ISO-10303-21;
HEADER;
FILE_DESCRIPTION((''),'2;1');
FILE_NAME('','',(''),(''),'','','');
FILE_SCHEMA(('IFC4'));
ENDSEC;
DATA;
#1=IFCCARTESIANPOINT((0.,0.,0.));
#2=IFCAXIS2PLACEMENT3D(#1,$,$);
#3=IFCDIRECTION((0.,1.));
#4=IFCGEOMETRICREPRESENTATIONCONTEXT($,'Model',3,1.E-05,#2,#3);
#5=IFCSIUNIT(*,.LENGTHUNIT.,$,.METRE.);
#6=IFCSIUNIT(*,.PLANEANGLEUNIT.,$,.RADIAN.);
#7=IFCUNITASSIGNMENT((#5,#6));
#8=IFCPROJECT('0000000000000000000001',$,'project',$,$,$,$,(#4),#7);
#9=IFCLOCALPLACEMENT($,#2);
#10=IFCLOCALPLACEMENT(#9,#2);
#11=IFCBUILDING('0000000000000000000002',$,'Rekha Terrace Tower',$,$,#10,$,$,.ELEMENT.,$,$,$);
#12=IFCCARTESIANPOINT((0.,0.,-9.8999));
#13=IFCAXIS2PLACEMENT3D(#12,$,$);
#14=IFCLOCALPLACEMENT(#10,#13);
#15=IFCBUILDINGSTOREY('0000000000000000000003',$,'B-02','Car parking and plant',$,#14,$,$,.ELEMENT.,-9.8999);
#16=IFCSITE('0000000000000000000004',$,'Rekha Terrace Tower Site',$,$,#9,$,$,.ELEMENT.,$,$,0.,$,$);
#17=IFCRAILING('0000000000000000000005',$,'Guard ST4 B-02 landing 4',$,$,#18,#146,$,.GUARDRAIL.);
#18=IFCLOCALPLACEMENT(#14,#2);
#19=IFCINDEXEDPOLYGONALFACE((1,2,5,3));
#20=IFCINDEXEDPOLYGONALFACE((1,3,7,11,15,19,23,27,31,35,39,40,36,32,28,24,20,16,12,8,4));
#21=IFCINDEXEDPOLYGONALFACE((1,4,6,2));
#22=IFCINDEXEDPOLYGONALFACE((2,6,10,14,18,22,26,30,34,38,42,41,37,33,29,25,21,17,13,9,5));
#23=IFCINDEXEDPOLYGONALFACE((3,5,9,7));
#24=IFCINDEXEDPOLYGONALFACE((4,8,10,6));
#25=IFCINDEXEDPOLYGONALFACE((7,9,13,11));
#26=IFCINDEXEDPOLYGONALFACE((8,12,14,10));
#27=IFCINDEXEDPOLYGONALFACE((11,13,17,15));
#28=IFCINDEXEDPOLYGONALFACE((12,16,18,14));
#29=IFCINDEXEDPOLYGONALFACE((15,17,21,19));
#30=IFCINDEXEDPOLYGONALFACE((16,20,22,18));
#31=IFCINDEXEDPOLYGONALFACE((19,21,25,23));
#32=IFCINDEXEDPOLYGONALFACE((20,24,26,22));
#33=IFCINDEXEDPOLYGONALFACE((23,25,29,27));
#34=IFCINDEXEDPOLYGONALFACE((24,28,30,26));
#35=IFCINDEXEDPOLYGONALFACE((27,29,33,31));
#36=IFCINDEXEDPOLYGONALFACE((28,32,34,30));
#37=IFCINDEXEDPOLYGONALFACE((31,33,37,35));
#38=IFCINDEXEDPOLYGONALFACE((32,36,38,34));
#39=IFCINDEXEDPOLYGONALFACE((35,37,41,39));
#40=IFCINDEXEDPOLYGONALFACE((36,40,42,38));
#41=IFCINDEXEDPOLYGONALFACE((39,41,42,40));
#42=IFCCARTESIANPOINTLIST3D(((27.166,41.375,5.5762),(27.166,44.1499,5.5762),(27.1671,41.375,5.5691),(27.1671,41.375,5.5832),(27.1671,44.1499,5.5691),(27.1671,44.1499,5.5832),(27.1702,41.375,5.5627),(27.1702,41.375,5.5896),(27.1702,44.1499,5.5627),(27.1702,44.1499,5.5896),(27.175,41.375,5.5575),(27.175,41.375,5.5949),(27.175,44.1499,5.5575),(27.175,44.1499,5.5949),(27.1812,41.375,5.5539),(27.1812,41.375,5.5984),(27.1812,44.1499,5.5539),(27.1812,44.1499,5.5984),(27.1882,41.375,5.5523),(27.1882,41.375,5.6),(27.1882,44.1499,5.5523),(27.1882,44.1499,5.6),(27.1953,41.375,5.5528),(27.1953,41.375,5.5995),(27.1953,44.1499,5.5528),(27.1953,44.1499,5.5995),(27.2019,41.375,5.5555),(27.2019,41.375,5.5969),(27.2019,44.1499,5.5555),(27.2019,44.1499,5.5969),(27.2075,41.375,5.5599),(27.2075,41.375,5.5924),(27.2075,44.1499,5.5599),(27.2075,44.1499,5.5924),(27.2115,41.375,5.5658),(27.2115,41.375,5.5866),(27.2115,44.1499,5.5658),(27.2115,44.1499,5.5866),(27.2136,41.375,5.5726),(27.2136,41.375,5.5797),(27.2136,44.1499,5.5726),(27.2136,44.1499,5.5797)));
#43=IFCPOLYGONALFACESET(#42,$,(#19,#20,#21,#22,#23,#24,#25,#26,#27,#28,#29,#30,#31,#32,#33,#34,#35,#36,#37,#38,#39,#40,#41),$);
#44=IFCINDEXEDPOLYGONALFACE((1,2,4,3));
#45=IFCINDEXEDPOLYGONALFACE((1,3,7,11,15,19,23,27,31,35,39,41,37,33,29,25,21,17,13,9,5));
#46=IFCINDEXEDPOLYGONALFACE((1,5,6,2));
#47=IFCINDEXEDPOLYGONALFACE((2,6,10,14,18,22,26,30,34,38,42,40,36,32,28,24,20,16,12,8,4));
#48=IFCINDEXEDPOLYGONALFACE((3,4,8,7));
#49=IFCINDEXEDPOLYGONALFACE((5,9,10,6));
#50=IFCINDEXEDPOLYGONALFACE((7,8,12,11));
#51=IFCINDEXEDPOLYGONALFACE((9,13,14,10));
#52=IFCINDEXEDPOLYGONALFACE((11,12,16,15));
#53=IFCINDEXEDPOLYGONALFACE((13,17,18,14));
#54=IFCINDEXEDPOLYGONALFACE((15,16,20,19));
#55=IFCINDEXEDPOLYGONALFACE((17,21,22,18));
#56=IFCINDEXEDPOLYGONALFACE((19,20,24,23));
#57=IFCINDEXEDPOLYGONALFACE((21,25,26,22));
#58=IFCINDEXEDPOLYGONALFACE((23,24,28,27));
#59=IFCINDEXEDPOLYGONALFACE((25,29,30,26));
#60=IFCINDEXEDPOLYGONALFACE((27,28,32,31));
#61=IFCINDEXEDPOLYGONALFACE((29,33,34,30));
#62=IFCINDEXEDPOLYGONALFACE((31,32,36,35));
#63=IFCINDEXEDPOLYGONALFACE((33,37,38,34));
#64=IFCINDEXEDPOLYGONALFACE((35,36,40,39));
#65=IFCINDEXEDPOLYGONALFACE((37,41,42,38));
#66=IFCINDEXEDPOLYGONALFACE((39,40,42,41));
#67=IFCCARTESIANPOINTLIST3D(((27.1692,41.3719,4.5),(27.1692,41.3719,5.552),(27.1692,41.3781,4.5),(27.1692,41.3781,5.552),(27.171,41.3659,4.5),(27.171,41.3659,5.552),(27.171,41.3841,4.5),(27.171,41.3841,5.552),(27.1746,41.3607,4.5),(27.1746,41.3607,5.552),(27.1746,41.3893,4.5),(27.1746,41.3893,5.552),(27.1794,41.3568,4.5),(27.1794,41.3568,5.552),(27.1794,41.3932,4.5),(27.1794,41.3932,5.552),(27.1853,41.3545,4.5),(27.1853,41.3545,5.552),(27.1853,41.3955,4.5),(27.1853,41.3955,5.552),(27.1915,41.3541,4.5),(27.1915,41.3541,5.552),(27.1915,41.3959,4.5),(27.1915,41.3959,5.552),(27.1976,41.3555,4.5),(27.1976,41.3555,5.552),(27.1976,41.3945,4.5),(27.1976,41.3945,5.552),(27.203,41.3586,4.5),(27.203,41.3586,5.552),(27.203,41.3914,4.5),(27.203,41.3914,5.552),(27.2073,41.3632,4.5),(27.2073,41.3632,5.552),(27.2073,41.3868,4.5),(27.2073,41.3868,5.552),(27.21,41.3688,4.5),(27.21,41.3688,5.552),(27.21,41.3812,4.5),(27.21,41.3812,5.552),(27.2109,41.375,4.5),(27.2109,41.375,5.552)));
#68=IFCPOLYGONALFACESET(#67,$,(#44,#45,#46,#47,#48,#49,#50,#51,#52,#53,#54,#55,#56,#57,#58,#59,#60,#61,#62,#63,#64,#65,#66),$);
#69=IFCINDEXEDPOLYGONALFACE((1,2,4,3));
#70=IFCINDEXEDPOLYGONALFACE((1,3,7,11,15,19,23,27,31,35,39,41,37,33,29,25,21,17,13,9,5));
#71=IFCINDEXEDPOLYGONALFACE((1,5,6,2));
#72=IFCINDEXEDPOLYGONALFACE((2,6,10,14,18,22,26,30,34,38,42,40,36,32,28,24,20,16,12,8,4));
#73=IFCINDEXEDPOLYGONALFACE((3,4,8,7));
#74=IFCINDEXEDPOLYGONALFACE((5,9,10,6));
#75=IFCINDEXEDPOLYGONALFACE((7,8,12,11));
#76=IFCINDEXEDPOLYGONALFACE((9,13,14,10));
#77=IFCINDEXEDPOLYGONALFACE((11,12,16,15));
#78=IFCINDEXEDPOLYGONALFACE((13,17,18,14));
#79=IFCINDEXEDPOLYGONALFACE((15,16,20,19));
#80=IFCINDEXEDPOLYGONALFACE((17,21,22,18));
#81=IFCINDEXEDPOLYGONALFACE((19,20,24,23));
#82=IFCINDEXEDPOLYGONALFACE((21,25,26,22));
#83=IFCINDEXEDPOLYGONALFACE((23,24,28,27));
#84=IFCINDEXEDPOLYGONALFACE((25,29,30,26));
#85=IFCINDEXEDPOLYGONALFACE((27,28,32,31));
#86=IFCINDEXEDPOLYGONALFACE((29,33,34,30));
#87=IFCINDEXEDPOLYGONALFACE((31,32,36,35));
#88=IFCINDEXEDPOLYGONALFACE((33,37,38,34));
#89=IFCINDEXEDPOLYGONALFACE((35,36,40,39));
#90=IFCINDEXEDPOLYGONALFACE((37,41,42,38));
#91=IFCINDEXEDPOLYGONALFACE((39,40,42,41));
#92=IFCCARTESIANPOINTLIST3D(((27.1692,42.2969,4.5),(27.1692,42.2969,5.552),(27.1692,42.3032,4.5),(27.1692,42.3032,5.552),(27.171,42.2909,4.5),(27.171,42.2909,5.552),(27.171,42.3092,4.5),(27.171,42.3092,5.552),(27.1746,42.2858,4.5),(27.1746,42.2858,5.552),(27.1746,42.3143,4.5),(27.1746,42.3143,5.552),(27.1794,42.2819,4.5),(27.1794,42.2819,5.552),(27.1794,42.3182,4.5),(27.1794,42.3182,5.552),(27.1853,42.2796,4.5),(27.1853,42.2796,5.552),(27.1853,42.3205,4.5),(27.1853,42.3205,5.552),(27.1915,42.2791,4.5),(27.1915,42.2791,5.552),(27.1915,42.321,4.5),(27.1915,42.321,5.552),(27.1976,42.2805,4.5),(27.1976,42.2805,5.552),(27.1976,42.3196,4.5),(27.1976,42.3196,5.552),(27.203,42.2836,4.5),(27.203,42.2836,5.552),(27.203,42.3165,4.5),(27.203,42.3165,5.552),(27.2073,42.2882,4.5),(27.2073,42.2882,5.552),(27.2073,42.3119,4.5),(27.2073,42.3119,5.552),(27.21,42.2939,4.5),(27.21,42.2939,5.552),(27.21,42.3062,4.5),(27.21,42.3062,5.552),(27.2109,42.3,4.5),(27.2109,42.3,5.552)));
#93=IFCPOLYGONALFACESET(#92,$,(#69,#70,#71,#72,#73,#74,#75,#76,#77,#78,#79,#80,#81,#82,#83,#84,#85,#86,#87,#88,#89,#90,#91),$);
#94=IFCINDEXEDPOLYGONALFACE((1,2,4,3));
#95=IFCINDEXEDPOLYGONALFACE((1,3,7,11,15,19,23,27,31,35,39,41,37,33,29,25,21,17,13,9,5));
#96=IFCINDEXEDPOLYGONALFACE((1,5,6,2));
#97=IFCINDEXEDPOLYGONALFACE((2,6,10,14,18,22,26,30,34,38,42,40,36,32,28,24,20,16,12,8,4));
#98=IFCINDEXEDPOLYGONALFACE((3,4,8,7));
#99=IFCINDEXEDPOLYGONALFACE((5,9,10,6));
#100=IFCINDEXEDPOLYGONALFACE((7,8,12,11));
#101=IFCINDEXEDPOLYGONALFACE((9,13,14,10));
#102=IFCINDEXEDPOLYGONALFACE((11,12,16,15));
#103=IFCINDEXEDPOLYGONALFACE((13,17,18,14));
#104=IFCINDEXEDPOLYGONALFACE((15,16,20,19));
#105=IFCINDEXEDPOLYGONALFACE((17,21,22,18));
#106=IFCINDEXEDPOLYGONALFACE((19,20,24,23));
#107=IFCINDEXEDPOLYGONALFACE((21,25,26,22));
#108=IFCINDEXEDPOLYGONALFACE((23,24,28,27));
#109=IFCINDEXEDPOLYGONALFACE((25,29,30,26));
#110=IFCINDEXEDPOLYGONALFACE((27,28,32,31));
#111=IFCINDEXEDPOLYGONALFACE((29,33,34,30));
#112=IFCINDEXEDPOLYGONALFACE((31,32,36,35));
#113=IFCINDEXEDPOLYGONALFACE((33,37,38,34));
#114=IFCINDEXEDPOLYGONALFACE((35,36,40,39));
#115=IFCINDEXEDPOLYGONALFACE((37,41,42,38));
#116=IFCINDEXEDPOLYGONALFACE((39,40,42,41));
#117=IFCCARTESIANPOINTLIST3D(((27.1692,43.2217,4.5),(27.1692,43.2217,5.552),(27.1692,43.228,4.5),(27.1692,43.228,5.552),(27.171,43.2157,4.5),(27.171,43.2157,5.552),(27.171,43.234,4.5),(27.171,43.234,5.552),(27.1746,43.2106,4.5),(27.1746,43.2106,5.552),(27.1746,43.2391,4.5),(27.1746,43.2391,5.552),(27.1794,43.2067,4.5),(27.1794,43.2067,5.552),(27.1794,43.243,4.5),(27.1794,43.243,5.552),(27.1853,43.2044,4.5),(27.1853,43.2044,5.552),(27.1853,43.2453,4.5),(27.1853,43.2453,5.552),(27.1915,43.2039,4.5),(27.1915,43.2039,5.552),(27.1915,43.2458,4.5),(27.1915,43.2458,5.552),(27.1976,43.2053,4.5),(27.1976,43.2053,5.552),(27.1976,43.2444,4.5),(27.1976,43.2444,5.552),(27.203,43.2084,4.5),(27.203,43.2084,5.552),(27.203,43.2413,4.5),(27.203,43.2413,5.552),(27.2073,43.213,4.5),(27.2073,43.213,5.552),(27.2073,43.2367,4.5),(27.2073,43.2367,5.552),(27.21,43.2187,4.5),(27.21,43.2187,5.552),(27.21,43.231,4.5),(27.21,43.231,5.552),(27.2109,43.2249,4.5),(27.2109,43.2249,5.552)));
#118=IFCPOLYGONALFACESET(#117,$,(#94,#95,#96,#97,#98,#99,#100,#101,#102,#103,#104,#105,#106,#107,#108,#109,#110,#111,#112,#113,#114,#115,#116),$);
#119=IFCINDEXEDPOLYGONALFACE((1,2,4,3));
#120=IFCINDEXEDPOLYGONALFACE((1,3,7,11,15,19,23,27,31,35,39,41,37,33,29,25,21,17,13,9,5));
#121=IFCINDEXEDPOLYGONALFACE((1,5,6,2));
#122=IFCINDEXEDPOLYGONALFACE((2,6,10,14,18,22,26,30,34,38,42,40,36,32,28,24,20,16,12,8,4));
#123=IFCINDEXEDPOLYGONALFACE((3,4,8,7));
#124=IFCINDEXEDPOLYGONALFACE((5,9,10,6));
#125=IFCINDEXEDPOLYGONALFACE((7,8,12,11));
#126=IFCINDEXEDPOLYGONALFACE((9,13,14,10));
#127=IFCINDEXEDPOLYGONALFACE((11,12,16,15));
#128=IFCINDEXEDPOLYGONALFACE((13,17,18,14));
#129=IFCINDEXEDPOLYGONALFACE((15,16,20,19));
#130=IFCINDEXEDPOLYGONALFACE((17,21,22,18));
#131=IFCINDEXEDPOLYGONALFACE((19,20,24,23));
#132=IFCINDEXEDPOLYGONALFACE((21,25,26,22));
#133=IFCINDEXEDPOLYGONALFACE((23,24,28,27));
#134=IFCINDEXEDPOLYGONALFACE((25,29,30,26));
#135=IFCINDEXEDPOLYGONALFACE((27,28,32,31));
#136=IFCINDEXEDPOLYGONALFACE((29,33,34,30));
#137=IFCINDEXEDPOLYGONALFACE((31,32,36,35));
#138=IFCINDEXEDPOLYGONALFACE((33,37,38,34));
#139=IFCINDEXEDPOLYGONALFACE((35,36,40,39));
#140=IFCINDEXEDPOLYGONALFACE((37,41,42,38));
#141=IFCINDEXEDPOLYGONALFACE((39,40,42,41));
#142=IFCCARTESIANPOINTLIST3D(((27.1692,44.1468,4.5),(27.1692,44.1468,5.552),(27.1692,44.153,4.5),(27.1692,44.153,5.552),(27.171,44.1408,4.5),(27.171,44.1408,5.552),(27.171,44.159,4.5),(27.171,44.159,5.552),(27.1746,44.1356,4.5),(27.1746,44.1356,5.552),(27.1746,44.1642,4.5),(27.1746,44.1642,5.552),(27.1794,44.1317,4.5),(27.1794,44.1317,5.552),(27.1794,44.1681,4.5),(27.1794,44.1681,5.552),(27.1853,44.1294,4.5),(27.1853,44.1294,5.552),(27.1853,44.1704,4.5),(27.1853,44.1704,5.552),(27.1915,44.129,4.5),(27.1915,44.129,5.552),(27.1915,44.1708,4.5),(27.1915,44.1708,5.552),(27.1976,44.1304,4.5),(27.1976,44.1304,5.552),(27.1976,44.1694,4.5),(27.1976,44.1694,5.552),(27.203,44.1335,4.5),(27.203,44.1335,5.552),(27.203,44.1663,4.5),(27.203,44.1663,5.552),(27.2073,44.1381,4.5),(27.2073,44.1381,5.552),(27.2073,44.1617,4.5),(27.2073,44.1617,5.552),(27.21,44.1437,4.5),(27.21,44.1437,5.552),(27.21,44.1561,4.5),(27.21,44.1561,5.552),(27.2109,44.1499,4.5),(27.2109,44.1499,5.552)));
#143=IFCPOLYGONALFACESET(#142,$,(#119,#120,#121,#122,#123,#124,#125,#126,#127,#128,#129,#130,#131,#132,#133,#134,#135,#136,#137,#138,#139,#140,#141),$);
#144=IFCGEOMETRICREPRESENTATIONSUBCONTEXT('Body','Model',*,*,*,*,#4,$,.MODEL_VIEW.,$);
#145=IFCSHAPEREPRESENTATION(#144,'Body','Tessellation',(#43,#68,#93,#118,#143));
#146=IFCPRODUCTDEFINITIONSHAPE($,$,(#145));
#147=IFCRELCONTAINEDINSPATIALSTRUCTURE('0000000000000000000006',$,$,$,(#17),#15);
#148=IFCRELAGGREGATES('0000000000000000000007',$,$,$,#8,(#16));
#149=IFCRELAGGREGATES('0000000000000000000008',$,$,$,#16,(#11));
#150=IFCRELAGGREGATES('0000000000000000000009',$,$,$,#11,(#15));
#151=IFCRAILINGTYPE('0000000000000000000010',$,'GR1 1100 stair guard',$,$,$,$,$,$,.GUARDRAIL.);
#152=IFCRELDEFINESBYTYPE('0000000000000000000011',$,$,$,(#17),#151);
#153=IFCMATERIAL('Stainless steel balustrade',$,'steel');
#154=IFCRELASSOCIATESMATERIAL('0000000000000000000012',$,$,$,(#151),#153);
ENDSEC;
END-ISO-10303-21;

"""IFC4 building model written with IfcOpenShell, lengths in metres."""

from ifc_helpers import new_model, si_unit, direction, frame, origin, origin_2d, place, context, subcontext, project, spatial, circle, extrude, material, type_object, element, save


model = new_model("IFC4")

# Units and contexts
model_context = context("Model", 3, precision=1e-05, world=origin(), true_north=direction((0.0, 1.0)))
body_context = subcontext(model_context, "Body", "Model", "MODEL_VIEW")
ifc_project = project(units=[si_unit("LENGTHUNIT", "METRE"), si_unit("PLANEANGLEUNIT", "RADIAN")], contexts=[model_context])

# Site, building, storey
site_placement = place(None, origin())
site = spatial("IfcSite", under=ifc_project, at=site_placement, Name="Rekha Terrace Tower Site", CompositionType="ELEMENT", RefElevation=0.0)
building_placement = place(site_placement, origin())
building = spatial("IfcBuilding", under=site, at=building_placement, Name="Rekha Terrace Tower", CompositionType="ELEMENT")
storey_placement = place(building_placement, frame((0.0, 0.0, -9.8999)))
storey = spatial("IfcBuildingStorey", under=building, at=storey_placement, Name="B-02", Description="Car parking and plant", CompositionType="ELEMENT", Elevation=-9.8999)

# Railing
ifc_material_1 = material(Name="Stainless steel balustrade", Category="steel")
railing_type_1 = type_object("IfcRailingType", Name="GR1 1100 stair guard", PredefinedType="GUARDRAIL", material=ifc_material_1)
railing_1_placement = place(storey_placement, frame((27.1899, 41.375, 4.5)))
element("IfcRailing", 1, at=railing_1_placement, inside=storey, type_object=railing_type_1, Name="Guard ST4 B-02 landing 4", PredefinedType="GUARDRAIL", context=body_context, shape_type="SweptSolid", body=[
    extrude(circle(Radius=0.0239, at=origin_2d()), frame((0.0, 0.0, 1.0762), z_axis=(0.0, 1.0, 0.0), x_axis=(-1.0, 0.0, 0.0)), (0.0, 0.0, 1.0), 2.7749),
    extrude(circle(Radius=0.021, at=origin_2d()), origin(), (0.0, 0.0, 1.0), 1.052),
    extrude(circle(Radius=0.021, at=origin_2d()), frame((0.0, 0.925, 0.0)), (0.0, 0.0, 1.0), 1.052),
    extrude(circle(Radius=0.021, at=origin_2d()), frame((0.0, 1.8499, 0.0)), (0.0, 0.0, 1.0), 1.052),
    extrude(circle(Radius=0.021, at=origin_2d()), frame((0.0, 2.7749, 0.0)), (0.0, 0.0, 1.0), 1.052),
])

save(model, "model.ifc")
